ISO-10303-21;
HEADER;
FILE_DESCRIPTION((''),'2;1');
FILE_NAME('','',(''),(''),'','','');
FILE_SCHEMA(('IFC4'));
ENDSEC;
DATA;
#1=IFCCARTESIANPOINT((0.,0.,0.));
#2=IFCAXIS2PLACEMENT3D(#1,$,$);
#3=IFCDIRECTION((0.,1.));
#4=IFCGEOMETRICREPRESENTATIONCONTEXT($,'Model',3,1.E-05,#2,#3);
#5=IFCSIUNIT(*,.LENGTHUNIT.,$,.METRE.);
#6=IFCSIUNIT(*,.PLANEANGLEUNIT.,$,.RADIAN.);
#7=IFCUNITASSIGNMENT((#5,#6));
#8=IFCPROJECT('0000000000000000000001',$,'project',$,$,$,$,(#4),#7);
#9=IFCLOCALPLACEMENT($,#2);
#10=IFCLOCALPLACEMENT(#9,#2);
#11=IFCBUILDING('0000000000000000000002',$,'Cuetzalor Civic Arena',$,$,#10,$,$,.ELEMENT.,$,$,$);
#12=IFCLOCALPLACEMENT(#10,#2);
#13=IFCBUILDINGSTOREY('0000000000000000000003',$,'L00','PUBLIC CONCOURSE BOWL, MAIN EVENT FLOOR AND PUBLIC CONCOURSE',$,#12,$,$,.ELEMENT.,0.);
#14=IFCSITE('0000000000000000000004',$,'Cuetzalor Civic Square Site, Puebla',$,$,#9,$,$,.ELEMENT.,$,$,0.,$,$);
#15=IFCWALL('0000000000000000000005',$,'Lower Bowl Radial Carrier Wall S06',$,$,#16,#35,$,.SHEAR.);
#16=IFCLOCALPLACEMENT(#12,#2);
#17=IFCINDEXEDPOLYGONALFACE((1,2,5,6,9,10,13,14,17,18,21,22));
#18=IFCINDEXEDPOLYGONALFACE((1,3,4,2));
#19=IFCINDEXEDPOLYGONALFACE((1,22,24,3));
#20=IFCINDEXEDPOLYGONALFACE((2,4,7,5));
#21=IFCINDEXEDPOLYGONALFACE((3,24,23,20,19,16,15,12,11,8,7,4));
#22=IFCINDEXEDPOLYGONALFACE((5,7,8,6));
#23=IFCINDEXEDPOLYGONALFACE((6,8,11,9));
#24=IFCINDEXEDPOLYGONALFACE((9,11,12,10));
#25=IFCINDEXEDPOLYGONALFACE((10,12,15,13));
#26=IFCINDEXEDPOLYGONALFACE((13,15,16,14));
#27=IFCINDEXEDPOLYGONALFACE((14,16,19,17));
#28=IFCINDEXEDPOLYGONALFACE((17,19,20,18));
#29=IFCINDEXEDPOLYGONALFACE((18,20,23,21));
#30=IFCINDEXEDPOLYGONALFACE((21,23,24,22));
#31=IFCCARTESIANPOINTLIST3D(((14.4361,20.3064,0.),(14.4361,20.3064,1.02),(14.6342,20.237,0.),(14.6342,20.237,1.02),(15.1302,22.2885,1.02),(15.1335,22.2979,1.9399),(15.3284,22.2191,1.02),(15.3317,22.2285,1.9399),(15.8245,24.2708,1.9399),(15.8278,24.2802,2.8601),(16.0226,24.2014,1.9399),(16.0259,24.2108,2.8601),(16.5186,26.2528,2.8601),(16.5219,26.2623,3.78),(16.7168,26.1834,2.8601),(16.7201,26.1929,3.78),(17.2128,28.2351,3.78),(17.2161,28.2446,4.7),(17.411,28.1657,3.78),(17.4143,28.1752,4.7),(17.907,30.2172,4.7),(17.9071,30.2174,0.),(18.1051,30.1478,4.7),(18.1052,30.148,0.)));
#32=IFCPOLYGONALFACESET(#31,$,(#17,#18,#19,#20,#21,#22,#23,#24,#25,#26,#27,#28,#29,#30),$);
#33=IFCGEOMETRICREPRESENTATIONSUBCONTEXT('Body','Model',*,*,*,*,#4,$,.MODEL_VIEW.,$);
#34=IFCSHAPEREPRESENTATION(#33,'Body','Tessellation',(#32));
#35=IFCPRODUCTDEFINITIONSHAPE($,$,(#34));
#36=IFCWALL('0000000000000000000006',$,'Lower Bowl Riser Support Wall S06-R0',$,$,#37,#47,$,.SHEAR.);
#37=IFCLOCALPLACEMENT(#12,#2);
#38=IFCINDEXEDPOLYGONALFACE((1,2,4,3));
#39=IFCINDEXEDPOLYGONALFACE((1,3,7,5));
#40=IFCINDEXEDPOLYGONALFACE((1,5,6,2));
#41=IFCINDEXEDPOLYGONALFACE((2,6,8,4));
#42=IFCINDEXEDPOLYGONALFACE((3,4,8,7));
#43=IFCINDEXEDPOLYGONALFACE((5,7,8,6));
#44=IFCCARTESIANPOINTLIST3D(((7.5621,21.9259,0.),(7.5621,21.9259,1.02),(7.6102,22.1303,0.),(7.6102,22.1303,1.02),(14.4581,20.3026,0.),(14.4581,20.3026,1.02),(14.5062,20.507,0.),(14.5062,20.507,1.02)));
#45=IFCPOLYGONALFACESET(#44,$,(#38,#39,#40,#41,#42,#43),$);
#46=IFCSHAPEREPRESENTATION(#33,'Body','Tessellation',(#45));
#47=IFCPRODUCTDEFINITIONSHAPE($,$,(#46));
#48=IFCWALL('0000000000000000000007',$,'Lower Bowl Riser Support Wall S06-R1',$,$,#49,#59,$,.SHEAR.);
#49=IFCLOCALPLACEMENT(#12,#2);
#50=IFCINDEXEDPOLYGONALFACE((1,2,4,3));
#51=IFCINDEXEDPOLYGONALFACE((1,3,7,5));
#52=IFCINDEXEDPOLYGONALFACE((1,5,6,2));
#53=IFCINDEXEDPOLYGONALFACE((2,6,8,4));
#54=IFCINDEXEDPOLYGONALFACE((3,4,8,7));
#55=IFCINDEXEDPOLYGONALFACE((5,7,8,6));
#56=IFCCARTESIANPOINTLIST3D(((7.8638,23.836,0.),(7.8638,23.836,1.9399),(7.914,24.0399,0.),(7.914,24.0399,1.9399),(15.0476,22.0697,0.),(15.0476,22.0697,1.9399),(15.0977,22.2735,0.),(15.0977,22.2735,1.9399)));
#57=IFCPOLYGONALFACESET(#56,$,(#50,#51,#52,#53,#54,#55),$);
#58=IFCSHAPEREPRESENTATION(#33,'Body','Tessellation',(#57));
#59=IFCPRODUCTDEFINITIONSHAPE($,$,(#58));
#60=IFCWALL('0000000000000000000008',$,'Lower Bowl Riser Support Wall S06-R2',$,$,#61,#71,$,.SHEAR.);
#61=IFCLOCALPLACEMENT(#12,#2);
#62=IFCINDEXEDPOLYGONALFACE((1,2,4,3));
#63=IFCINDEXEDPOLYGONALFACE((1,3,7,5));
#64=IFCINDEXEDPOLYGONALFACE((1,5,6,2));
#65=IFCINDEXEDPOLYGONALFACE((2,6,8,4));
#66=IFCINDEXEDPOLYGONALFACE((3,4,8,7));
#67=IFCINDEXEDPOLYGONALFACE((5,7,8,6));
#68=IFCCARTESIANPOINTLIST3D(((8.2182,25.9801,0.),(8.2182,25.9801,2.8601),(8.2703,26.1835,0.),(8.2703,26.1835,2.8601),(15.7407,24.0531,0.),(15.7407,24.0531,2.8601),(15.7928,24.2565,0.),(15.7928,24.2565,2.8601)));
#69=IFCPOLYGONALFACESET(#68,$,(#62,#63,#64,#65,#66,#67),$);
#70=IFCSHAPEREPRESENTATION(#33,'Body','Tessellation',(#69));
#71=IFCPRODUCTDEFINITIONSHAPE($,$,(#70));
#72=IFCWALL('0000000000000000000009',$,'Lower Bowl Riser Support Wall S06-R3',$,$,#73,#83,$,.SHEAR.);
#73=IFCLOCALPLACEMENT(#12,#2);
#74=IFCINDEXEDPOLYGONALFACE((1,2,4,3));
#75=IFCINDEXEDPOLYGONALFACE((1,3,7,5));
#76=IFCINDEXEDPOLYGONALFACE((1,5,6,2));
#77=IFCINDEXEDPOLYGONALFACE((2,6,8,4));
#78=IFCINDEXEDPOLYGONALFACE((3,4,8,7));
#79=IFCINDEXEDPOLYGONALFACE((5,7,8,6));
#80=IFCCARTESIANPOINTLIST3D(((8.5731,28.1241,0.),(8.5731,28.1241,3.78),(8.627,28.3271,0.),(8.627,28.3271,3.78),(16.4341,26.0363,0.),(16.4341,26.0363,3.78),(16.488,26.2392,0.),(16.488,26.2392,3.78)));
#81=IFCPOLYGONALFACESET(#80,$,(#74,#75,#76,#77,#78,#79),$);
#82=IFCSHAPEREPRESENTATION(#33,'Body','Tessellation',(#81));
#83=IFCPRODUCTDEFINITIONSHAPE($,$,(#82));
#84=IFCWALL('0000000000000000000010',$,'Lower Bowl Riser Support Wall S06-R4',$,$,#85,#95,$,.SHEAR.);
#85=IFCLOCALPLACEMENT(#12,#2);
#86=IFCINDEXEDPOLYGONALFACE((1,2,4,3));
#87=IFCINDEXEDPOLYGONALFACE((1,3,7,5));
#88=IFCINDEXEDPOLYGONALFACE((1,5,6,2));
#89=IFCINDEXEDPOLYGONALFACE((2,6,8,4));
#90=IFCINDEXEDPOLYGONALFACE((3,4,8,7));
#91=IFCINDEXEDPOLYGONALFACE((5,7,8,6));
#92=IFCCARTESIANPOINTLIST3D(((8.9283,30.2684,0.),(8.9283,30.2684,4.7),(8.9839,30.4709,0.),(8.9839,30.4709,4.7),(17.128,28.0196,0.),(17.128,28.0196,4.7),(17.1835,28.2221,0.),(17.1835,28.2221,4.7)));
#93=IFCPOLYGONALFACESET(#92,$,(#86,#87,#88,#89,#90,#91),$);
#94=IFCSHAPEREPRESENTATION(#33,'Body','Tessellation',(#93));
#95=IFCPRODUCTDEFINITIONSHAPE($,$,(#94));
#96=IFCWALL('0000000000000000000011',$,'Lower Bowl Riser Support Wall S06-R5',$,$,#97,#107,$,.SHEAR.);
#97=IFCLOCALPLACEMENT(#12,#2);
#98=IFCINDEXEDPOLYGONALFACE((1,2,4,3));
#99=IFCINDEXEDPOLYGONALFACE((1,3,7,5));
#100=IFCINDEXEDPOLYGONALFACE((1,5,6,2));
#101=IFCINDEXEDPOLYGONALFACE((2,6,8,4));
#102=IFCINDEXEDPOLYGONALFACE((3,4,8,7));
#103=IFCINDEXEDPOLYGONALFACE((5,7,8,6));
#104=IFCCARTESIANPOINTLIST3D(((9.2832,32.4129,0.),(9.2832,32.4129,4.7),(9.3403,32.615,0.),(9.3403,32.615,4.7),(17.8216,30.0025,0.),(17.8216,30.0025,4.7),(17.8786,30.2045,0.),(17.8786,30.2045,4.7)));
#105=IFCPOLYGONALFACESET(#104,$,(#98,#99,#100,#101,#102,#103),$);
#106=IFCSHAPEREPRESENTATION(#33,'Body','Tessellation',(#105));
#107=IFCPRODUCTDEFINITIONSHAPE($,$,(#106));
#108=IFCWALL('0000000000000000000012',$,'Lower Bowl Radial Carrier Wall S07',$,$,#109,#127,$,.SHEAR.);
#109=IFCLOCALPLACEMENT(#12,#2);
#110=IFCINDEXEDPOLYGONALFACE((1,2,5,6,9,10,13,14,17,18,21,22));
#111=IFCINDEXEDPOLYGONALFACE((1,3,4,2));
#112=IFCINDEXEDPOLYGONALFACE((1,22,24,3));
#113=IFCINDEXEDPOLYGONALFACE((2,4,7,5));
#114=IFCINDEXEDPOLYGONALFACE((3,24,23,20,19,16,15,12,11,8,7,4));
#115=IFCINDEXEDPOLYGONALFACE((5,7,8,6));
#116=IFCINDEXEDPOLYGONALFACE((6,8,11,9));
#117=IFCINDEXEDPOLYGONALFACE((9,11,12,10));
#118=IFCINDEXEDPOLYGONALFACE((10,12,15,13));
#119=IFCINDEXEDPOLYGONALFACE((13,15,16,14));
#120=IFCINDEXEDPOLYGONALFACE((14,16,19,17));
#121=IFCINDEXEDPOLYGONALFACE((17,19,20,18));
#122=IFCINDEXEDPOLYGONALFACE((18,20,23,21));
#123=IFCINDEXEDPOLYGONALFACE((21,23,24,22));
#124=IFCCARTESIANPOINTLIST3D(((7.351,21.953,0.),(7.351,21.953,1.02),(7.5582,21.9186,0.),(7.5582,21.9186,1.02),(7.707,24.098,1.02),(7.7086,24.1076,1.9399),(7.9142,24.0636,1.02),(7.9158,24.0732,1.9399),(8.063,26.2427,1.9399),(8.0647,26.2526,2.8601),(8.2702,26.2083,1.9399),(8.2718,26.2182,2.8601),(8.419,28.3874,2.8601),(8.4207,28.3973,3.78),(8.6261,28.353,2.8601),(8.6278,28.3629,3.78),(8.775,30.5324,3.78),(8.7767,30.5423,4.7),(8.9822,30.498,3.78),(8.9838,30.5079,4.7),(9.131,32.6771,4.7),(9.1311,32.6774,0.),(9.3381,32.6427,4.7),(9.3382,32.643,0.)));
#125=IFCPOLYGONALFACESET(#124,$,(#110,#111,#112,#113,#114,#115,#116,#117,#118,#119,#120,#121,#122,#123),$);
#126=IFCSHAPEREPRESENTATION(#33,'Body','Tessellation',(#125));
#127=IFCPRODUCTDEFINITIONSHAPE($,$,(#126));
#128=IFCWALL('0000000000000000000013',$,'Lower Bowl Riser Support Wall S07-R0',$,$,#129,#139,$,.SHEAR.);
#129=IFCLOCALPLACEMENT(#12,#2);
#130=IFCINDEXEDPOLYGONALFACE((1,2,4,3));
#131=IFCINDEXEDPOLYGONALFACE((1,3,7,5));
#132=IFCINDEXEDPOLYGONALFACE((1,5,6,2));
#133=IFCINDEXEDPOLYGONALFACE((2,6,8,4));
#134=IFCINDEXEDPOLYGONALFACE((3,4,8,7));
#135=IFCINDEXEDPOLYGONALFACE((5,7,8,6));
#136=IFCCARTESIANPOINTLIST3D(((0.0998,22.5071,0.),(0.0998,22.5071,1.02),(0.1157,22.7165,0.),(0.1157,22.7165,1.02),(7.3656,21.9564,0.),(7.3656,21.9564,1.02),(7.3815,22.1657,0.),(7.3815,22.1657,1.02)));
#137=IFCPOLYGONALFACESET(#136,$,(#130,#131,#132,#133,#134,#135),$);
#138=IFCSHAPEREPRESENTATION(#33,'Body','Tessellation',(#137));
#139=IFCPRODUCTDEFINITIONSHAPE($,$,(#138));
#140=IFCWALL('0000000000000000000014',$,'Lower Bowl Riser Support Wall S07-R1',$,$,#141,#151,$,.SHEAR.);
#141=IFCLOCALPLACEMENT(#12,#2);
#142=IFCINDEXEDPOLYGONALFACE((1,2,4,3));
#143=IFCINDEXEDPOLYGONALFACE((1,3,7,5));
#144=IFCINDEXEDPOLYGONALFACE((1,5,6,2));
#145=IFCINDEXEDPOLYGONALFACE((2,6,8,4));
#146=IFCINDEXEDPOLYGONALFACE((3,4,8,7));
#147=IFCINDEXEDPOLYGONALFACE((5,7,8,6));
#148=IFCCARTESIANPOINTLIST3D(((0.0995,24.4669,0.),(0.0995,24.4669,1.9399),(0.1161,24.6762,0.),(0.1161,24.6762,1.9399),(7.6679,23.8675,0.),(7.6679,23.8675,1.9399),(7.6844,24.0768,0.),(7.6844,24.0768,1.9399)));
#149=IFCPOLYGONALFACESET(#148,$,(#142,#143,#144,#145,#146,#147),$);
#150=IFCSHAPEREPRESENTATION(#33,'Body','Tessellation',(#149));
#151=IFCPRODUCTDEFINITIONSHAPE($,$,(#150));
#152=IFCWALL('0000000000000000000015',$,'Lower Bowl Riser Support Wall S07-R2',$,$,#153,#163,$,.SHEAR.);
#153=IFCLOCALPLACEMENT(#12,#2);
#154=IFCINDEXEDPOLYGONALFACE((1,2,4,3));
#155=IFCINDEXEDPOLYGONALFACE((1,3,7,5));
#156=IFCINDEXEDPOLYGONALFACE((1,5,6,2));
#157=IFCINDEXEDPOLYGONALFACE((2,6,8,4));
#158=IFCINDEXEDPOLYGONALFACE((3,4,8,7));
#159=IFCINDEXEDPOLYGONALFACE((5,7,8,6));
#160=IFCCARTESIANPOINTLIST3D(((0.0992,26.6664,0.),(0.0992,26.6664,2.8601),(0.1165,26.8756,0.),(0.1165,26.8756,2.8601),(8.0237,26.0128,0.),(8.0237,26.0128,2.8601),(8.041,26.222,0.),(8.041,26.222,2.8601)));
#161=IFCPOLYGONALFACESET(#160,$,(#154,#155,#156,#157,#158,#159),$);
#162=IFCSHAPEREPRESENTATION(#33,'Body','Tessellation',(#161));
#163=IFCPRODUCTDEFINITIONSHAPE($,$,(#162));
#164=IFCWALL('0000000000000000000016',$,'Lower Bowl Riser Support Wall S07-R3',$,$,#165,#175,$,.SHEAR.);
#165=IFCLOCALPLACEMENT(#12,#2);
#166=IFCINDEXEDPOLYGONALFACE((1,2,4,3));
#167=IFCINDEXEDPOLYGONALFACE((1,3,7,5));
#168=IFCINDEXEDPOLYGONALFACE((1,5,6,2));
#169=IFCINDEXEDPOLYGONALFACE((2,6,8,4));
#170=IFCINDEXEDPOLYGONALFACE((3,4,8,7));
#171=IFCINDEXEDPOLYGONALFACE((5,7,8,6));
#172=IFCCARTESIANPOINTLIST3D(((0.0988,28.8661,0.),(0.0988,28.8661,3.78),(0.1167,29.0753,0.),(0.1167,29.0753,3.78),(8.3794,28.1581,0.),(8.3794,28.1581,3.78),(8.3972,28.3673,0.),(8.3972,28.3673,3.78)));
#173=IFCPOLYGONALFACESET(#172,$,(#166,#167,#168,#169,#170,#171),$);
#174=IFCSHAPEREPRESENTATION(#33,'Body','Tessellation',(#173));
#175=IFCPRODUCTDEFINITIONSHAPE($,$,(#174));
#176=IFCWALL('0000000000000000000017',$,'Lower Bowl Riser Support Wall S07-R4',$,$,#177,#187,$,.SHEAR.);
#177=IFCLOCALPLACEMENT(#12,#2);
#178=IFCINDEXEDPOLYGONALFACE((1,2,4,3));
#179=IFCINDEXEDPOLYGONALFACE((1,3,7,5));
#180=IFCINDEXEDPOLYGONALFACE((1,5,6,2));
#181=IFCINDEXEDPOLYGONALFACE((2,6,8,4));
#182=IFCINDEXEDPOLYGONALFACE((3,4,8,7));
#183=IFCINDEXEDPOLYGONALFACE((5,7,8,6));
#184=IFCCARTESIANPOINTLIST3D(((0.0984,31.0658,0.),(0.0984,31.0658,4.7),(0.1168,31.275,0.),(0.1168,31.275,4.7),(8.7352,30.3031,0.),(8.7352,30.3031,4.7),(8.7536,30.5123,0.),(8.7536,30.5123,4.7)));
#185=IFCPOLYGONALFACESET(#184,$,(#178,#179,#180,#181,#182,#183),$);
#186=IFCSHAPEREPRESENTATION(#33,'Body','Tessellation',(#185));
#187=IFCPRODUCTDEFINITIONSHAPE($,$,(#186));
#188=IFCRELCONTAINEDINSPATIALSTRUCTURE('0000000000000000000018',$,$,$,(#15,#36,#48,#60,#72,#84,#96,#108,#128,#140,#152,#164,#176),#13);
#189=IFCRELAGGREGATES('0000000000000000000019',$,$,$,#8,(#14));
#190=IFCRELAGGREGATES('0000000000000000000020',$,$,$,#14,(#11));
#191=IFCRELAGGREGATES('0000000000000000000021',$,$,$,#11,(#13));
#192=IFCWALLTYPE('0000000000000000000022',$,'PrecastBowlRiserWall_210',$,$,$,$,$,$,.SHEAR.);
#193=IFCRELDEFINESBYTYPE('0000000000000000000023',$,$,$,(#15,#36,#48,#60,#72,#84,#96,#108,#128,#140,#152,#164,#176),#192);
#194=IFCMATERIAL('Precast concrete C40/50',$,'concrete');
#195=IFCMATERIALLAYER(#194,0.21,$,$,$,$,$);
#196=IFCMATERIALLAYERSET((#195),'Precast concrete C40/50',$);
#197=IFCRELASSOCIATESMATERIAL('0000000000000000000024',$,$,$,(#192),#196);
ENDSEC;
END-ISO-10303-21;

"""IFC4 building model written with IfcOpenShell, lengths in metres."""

from ifc_helpers import new_model, si_unit, direction, frame, frame_2d, origin, place, context, subcontext, project, spatial, polyline, rectangle, outline, extrude, material, layer, layer_set, type_object, element, save


model = new_model("IFC4")

# Units and contexts
model_context = context("Model", 3, precision=1e-05, world=origin(), true_north=direction((0.0, 1.0)))
body_context = subcontext(model_context, "Body", "Model", "MODEL_VIEW")
ifc_project = project(units=[si_unit("LENGTHUNIT", "METRE"), si_unit("PLANEANGLEUNIT", "RADIAN")], contexts=[model_context])

# Site, building, storey
site_placement = place(None, origin())
site = spatial("IfcSite", under=ifc_project, at=site_placement, Name="Cuetzalor Civic Square Site, Puebla", CompositionType="ELEMENT", RefElevation=0.0)
building_placement = place(site_placement, origin())
building = spatial("IfcBuilding", under=site, at=building_placement, Name="Cuetzalor Civic Arena", CompositionType="ELEMENT")
storey_placement = place(building_placement, origin())
storey = spatial("IfcBuildingStorey", under=building, at=storey_placement, Name="L00", Description="PUBLIC CONCOURSE BOWL, MAIN EVENT FLOOR AND PUBLIC CONCOURSE", CompositionType="ELEMENT", Elevation=0.0)

# Walls
ifc_material_1 = material(Name="Precast concrete C40/50", Category="concrete")
ifc_layer = layer(ifc_material_1, 0.21)
ifc_layer_set = layer_set([ifc_layer], Name="Precast concrete C40/50")
wall_type = type_object("IfcWallType", Name="PrecastBowlRiserWall_210", PredefinedType="SHEAR", material=ifc_layer_set)
wall_1_placement = place(storey_placement, frame((14.5352, 20.2717, 0.0), z_axis=(0.0, 0.0, 1.0), x_axis=(0.330532, 0.943795, 0.0)))
element("IfcWall", 1, at=wall_1_placement, inside=storey, type_object=wall_type, Name="Lower Bowl Radial Carrier Wall S06", PredefinedType="SHEAR", context=body_context, shape_type="SweptSolid", body=[
    extrude(outline(polyline([(0.0, 0.0), (10.5012, 0.0), (10.501, 4.7), (8.4109, 4.7), (8.4009, 3.78), (6.3105, 3.78), (6.3005, 2.8601), (4.2104, 2.8601), (4.2004, 1.9399), (2.1101, 1.9399), (2.1001, 1.02), (0.0, 1.02), (0.0, 0.0)])), frame((0.0, 0.105, 0.0), z_axis=(0.0, -1.0, 0.0), x_axis=(1.0, 0.0, 0.0)), (0.0, 0.0, 1.0), 0.21),
])
wall_2_placement = place(storey_placement, frame((14.4822, 20.4048, 0.0), z_axis=(0.0, 0.0, 1.0), x_axis=(-0.973395, 0.229133, 0.0)))
element("IfcWall", 2, at=wall_2_placement, inside=storey, type_object=wall_type, Name="Lower Bowl Riser Support Wall S06-R0", PredefinedType="SHEAR", context=body_context, shape_type="SweptSolid", body=[
    extrude(rectangle(XDim=7.0845, YDim=0.21, at=frame_2d((3.5422, 0.0))), origin(), (0.0, 0.0, 1.0), 1.02),
])
wall_3_placement = place(storey_placement, frame((15.0725, 22.1716, 0.0), z_axis=(0.0, 0.0, 1.0), x_axis=(-0.971077, 0.238768, 0.0)))
element("IfcWall", 3, at=wall_3_placement, inside=storey, type_object=wall_type, Name="Lower Bowl Riser Support Wall S06-R1", PredefinedType="SHEAR", context=body_context, shape_type="SweptSolid", body=[
    extrude(rectangle(XDim=7.3977, YDim=0.21, at=frame_2d((3.6987, 0.0))), origin(), (0.0, 0.0, 1.0), 1.9399),
])
wall_4_placement = place(storey_placement, frame((15.7668, 24.1548, 0.0), z_axis=(0.0, 0.0, 1.0), x_axis=(-0.968721, 0.248154, 0.0)))
element("IfcWall", 4, at=wall_4_placement, inside=storey, type_object=wall_type, Name="Lower Bowl Riser Support Wall S06-R2", PredefinedType="SHEAR", context=body_context, shape_type="SweptSolid", body=[
    extrude(rectangle(XDim=7.7654, YDim=0.21, at=frame_2d((3.8828, 0.0))), origin(), (0.0, 0.0, 1.0), 2.8601),
])
wall_5_placement = place(storey_placement, frame((16.4612, 26.1377, 0.0), z_axis=(0.0, 0.0, 1.0), x_axis=(-0.966492, 0.256699, 0.0)))
element("IfcWall", 5, at=wall_5_placement, inside=storey, type_object=wall_type, Name="Lower Bowl Riser Support Wall S06-R3", PredefinedType="SHEAR", context=body_context, shape_type="SweptSolid", body=[
    extrude(rectangle(XDim=8.1335, YDim=0.21, at=frame_2d((4.0669, 0.0))), origin(), (0.0, 0.0, 1.0), 3.78),
])
wall_6_placement = place(storey_placement, frame((17.1558, 28.1208, 0.0), z_axis=(0.0, 0.0, 1.0), x_axis=(-0.96439, 0.264485, 0.0)))
element("IfcWall", 6, at=wall_6_placement, inside=storey, type_object=wall_type, Name="Lower Bowl Riser Support Wall S06-R4", PredefinedType="SHEAR", context=body_context, shape_type="SweptSolid", body=[
    extrude(rectangle(XDim=8.5024, YDim=0.21, at=frame_2d((4.2512, 0.0))), origin(), (0.0, 0.0, 1.0), 4.7),
])
wall_7_placement = place(storey_placement, frame((17.8501, 30.1035, 0.0), z_axis=(0.0, 0.0, 1.0), x_axis=(-0.962386, 0.271685, 0.0)))
element("IfcWall", 7, at=wall_7_placement, inside=storey, type_object=wall_type, Name="Lower Bowl Riser Support Wall S06-R5", PredefinedType="SHEAR", context=body_context, shape_type="SweptSolid", body=[
    extrude(rectangle(XDim=8.8721, YDim=0.21, at=frame_2d((4.436, 0.0))), origin(), (0.0, 0.0, 1.0), 4.7),
])
wall_8_placement = place(storey_placement, frame((7.4546, 21.9358, 0.0), z_axis=(0.0, 0.0, 1.0), x_axis=(0.16374, 0.986504, 0.0)))
element("IfcWall", 8, at=wall_8_placement, inside=storey, type_object=wall_type, Name="Lower Bowl Radial Carrier Wall S07", PredefinedType="SHEAR", context=body_context, shape_type="SweptSolid", body=[
    extrude(outline(polyline([(0.0, 0.0), (10.8711, 0.0), (10.8708, 4.7), (8.7068, 4.7), (8.6968, 3.78), (6.5325, 3.78), (6.5225, 2.8601), (4.3584, 2.8601), (4.3484, 1.9399), (2.1841, 1.9399), (2.1743, 1.02), (0.0, 1.02), (0.0, 0.0)])), frame((0.0, 0.105, 0.0), z_axis=(0.0, -1.0, 0.0), x_axis=(1.0, 0.0, 0.0)), (0.0, 0.0, 1.0), 0.21),
])
wall_9_placement = place(storey_placement, frame((7.3735, 22.061, 0.0), z_axis=(0.0, 0.0, 1.0), x_axis=(-0.997139, 0.075587, 0.0)))
element("IfcWall", 9, at=wall_9_placement, inside=storey, type_object=wall_type, Name="Lower Bowl Riser Support Wall S07-R0", PredefinedType="SHEAR", context=body_context, shape_type="SweptSolid", body=[
    extrude(rectangle(XDim=7.2866, YDim=0.21, at=frame_2d((3.6433, 0.0))), origin(), (0.0, 0.0, 1.0), 1.02),
])
wall_10_placement = place(storey_placement, frame((7.676, 23.9722, 0.0), z_axis=(0.0, 0.0, 1.0), x_axis=(-0.996879, 0.078946, 0.0)))
element("IfcWall", 10, at=wall_10_placement, inside=storey, type_object=wall_type, Name="Lower Bowl Riser Support Wall S07-R1", PredefinedType="SHEAR", context=body_context, shape_type="SweptSolid", body=[
    extrude(rectangle(XDim=7.592, YDim=0.21, at=frame_2d((3.7959, 0.0))), origin(), (0.0, 0.0, 1.0), 1.9399),
])
wall_11_placement = place(storey_placement, frame((8.0322, 26.1174, 0.0), z_axis=(0.0, 0.0, 1.0), x_axis=(-0.996616, 0.082194, 0.0)))
element("IfcWall", 11, at=wall_11_placement, inside=storey, type_object=wall_type, Name="Lower Bowl Riser Support Wall S07-R2", PredefinedType="SHEAR", context=body_context, shape_type="SweptSolid", body=[
    extrude(rectangle(XDim=7.9514, YDim=0.21, at=frame_2d((3.9756, 0.0))), origin(), (0.0, 0.0, 1.0), 2.8601),
])
wall_12_placement = place(storey_placement, frame((8.3882, 28.2627, 0.0), z_axis=(0.0, 0.0, 1.0), x_axis=(-0.996365, 0.085192, 0.0)))
element("IfcWall", 12, at=wall_12_placement, inside=storey, type_object=wall_type, Name="Lower Bowl Riser Support Wall S07-R3", PredefinedType="SHEAR", context=body_context, shape_type="SweptSolid", body=[
    extrude(rectangle(XDim=8.3108, YDim=0.21, at=frame_2d((4.1553, 0.0))), origin(), (0.0, 0.0, 1.0), 3.78),
])
wall_13_placement = place(storey_placement, frame((8.7444, 30.4077, 0.0), z_axis=(0.0, 0.0, 1.0), x_axis=(-0.996123, 0.087966, 0.0)))
element("IfcWall", 13, at=wall_13_placement, inside=storey, type_object=wall_type, Name="Lower Bowl Riser Support Wall S07-R4", PredefinedType="SHEAR", context=body_context, shape_type="SweptSolid", body=[
    extrude(rectangle(XDim=8.6704, YDim=0.21, at=frame_2d((4.3352, 0.0))), origin(), (0.0, 0.0, 1.0), 4.7),
])

save(model, "model.ifc")
